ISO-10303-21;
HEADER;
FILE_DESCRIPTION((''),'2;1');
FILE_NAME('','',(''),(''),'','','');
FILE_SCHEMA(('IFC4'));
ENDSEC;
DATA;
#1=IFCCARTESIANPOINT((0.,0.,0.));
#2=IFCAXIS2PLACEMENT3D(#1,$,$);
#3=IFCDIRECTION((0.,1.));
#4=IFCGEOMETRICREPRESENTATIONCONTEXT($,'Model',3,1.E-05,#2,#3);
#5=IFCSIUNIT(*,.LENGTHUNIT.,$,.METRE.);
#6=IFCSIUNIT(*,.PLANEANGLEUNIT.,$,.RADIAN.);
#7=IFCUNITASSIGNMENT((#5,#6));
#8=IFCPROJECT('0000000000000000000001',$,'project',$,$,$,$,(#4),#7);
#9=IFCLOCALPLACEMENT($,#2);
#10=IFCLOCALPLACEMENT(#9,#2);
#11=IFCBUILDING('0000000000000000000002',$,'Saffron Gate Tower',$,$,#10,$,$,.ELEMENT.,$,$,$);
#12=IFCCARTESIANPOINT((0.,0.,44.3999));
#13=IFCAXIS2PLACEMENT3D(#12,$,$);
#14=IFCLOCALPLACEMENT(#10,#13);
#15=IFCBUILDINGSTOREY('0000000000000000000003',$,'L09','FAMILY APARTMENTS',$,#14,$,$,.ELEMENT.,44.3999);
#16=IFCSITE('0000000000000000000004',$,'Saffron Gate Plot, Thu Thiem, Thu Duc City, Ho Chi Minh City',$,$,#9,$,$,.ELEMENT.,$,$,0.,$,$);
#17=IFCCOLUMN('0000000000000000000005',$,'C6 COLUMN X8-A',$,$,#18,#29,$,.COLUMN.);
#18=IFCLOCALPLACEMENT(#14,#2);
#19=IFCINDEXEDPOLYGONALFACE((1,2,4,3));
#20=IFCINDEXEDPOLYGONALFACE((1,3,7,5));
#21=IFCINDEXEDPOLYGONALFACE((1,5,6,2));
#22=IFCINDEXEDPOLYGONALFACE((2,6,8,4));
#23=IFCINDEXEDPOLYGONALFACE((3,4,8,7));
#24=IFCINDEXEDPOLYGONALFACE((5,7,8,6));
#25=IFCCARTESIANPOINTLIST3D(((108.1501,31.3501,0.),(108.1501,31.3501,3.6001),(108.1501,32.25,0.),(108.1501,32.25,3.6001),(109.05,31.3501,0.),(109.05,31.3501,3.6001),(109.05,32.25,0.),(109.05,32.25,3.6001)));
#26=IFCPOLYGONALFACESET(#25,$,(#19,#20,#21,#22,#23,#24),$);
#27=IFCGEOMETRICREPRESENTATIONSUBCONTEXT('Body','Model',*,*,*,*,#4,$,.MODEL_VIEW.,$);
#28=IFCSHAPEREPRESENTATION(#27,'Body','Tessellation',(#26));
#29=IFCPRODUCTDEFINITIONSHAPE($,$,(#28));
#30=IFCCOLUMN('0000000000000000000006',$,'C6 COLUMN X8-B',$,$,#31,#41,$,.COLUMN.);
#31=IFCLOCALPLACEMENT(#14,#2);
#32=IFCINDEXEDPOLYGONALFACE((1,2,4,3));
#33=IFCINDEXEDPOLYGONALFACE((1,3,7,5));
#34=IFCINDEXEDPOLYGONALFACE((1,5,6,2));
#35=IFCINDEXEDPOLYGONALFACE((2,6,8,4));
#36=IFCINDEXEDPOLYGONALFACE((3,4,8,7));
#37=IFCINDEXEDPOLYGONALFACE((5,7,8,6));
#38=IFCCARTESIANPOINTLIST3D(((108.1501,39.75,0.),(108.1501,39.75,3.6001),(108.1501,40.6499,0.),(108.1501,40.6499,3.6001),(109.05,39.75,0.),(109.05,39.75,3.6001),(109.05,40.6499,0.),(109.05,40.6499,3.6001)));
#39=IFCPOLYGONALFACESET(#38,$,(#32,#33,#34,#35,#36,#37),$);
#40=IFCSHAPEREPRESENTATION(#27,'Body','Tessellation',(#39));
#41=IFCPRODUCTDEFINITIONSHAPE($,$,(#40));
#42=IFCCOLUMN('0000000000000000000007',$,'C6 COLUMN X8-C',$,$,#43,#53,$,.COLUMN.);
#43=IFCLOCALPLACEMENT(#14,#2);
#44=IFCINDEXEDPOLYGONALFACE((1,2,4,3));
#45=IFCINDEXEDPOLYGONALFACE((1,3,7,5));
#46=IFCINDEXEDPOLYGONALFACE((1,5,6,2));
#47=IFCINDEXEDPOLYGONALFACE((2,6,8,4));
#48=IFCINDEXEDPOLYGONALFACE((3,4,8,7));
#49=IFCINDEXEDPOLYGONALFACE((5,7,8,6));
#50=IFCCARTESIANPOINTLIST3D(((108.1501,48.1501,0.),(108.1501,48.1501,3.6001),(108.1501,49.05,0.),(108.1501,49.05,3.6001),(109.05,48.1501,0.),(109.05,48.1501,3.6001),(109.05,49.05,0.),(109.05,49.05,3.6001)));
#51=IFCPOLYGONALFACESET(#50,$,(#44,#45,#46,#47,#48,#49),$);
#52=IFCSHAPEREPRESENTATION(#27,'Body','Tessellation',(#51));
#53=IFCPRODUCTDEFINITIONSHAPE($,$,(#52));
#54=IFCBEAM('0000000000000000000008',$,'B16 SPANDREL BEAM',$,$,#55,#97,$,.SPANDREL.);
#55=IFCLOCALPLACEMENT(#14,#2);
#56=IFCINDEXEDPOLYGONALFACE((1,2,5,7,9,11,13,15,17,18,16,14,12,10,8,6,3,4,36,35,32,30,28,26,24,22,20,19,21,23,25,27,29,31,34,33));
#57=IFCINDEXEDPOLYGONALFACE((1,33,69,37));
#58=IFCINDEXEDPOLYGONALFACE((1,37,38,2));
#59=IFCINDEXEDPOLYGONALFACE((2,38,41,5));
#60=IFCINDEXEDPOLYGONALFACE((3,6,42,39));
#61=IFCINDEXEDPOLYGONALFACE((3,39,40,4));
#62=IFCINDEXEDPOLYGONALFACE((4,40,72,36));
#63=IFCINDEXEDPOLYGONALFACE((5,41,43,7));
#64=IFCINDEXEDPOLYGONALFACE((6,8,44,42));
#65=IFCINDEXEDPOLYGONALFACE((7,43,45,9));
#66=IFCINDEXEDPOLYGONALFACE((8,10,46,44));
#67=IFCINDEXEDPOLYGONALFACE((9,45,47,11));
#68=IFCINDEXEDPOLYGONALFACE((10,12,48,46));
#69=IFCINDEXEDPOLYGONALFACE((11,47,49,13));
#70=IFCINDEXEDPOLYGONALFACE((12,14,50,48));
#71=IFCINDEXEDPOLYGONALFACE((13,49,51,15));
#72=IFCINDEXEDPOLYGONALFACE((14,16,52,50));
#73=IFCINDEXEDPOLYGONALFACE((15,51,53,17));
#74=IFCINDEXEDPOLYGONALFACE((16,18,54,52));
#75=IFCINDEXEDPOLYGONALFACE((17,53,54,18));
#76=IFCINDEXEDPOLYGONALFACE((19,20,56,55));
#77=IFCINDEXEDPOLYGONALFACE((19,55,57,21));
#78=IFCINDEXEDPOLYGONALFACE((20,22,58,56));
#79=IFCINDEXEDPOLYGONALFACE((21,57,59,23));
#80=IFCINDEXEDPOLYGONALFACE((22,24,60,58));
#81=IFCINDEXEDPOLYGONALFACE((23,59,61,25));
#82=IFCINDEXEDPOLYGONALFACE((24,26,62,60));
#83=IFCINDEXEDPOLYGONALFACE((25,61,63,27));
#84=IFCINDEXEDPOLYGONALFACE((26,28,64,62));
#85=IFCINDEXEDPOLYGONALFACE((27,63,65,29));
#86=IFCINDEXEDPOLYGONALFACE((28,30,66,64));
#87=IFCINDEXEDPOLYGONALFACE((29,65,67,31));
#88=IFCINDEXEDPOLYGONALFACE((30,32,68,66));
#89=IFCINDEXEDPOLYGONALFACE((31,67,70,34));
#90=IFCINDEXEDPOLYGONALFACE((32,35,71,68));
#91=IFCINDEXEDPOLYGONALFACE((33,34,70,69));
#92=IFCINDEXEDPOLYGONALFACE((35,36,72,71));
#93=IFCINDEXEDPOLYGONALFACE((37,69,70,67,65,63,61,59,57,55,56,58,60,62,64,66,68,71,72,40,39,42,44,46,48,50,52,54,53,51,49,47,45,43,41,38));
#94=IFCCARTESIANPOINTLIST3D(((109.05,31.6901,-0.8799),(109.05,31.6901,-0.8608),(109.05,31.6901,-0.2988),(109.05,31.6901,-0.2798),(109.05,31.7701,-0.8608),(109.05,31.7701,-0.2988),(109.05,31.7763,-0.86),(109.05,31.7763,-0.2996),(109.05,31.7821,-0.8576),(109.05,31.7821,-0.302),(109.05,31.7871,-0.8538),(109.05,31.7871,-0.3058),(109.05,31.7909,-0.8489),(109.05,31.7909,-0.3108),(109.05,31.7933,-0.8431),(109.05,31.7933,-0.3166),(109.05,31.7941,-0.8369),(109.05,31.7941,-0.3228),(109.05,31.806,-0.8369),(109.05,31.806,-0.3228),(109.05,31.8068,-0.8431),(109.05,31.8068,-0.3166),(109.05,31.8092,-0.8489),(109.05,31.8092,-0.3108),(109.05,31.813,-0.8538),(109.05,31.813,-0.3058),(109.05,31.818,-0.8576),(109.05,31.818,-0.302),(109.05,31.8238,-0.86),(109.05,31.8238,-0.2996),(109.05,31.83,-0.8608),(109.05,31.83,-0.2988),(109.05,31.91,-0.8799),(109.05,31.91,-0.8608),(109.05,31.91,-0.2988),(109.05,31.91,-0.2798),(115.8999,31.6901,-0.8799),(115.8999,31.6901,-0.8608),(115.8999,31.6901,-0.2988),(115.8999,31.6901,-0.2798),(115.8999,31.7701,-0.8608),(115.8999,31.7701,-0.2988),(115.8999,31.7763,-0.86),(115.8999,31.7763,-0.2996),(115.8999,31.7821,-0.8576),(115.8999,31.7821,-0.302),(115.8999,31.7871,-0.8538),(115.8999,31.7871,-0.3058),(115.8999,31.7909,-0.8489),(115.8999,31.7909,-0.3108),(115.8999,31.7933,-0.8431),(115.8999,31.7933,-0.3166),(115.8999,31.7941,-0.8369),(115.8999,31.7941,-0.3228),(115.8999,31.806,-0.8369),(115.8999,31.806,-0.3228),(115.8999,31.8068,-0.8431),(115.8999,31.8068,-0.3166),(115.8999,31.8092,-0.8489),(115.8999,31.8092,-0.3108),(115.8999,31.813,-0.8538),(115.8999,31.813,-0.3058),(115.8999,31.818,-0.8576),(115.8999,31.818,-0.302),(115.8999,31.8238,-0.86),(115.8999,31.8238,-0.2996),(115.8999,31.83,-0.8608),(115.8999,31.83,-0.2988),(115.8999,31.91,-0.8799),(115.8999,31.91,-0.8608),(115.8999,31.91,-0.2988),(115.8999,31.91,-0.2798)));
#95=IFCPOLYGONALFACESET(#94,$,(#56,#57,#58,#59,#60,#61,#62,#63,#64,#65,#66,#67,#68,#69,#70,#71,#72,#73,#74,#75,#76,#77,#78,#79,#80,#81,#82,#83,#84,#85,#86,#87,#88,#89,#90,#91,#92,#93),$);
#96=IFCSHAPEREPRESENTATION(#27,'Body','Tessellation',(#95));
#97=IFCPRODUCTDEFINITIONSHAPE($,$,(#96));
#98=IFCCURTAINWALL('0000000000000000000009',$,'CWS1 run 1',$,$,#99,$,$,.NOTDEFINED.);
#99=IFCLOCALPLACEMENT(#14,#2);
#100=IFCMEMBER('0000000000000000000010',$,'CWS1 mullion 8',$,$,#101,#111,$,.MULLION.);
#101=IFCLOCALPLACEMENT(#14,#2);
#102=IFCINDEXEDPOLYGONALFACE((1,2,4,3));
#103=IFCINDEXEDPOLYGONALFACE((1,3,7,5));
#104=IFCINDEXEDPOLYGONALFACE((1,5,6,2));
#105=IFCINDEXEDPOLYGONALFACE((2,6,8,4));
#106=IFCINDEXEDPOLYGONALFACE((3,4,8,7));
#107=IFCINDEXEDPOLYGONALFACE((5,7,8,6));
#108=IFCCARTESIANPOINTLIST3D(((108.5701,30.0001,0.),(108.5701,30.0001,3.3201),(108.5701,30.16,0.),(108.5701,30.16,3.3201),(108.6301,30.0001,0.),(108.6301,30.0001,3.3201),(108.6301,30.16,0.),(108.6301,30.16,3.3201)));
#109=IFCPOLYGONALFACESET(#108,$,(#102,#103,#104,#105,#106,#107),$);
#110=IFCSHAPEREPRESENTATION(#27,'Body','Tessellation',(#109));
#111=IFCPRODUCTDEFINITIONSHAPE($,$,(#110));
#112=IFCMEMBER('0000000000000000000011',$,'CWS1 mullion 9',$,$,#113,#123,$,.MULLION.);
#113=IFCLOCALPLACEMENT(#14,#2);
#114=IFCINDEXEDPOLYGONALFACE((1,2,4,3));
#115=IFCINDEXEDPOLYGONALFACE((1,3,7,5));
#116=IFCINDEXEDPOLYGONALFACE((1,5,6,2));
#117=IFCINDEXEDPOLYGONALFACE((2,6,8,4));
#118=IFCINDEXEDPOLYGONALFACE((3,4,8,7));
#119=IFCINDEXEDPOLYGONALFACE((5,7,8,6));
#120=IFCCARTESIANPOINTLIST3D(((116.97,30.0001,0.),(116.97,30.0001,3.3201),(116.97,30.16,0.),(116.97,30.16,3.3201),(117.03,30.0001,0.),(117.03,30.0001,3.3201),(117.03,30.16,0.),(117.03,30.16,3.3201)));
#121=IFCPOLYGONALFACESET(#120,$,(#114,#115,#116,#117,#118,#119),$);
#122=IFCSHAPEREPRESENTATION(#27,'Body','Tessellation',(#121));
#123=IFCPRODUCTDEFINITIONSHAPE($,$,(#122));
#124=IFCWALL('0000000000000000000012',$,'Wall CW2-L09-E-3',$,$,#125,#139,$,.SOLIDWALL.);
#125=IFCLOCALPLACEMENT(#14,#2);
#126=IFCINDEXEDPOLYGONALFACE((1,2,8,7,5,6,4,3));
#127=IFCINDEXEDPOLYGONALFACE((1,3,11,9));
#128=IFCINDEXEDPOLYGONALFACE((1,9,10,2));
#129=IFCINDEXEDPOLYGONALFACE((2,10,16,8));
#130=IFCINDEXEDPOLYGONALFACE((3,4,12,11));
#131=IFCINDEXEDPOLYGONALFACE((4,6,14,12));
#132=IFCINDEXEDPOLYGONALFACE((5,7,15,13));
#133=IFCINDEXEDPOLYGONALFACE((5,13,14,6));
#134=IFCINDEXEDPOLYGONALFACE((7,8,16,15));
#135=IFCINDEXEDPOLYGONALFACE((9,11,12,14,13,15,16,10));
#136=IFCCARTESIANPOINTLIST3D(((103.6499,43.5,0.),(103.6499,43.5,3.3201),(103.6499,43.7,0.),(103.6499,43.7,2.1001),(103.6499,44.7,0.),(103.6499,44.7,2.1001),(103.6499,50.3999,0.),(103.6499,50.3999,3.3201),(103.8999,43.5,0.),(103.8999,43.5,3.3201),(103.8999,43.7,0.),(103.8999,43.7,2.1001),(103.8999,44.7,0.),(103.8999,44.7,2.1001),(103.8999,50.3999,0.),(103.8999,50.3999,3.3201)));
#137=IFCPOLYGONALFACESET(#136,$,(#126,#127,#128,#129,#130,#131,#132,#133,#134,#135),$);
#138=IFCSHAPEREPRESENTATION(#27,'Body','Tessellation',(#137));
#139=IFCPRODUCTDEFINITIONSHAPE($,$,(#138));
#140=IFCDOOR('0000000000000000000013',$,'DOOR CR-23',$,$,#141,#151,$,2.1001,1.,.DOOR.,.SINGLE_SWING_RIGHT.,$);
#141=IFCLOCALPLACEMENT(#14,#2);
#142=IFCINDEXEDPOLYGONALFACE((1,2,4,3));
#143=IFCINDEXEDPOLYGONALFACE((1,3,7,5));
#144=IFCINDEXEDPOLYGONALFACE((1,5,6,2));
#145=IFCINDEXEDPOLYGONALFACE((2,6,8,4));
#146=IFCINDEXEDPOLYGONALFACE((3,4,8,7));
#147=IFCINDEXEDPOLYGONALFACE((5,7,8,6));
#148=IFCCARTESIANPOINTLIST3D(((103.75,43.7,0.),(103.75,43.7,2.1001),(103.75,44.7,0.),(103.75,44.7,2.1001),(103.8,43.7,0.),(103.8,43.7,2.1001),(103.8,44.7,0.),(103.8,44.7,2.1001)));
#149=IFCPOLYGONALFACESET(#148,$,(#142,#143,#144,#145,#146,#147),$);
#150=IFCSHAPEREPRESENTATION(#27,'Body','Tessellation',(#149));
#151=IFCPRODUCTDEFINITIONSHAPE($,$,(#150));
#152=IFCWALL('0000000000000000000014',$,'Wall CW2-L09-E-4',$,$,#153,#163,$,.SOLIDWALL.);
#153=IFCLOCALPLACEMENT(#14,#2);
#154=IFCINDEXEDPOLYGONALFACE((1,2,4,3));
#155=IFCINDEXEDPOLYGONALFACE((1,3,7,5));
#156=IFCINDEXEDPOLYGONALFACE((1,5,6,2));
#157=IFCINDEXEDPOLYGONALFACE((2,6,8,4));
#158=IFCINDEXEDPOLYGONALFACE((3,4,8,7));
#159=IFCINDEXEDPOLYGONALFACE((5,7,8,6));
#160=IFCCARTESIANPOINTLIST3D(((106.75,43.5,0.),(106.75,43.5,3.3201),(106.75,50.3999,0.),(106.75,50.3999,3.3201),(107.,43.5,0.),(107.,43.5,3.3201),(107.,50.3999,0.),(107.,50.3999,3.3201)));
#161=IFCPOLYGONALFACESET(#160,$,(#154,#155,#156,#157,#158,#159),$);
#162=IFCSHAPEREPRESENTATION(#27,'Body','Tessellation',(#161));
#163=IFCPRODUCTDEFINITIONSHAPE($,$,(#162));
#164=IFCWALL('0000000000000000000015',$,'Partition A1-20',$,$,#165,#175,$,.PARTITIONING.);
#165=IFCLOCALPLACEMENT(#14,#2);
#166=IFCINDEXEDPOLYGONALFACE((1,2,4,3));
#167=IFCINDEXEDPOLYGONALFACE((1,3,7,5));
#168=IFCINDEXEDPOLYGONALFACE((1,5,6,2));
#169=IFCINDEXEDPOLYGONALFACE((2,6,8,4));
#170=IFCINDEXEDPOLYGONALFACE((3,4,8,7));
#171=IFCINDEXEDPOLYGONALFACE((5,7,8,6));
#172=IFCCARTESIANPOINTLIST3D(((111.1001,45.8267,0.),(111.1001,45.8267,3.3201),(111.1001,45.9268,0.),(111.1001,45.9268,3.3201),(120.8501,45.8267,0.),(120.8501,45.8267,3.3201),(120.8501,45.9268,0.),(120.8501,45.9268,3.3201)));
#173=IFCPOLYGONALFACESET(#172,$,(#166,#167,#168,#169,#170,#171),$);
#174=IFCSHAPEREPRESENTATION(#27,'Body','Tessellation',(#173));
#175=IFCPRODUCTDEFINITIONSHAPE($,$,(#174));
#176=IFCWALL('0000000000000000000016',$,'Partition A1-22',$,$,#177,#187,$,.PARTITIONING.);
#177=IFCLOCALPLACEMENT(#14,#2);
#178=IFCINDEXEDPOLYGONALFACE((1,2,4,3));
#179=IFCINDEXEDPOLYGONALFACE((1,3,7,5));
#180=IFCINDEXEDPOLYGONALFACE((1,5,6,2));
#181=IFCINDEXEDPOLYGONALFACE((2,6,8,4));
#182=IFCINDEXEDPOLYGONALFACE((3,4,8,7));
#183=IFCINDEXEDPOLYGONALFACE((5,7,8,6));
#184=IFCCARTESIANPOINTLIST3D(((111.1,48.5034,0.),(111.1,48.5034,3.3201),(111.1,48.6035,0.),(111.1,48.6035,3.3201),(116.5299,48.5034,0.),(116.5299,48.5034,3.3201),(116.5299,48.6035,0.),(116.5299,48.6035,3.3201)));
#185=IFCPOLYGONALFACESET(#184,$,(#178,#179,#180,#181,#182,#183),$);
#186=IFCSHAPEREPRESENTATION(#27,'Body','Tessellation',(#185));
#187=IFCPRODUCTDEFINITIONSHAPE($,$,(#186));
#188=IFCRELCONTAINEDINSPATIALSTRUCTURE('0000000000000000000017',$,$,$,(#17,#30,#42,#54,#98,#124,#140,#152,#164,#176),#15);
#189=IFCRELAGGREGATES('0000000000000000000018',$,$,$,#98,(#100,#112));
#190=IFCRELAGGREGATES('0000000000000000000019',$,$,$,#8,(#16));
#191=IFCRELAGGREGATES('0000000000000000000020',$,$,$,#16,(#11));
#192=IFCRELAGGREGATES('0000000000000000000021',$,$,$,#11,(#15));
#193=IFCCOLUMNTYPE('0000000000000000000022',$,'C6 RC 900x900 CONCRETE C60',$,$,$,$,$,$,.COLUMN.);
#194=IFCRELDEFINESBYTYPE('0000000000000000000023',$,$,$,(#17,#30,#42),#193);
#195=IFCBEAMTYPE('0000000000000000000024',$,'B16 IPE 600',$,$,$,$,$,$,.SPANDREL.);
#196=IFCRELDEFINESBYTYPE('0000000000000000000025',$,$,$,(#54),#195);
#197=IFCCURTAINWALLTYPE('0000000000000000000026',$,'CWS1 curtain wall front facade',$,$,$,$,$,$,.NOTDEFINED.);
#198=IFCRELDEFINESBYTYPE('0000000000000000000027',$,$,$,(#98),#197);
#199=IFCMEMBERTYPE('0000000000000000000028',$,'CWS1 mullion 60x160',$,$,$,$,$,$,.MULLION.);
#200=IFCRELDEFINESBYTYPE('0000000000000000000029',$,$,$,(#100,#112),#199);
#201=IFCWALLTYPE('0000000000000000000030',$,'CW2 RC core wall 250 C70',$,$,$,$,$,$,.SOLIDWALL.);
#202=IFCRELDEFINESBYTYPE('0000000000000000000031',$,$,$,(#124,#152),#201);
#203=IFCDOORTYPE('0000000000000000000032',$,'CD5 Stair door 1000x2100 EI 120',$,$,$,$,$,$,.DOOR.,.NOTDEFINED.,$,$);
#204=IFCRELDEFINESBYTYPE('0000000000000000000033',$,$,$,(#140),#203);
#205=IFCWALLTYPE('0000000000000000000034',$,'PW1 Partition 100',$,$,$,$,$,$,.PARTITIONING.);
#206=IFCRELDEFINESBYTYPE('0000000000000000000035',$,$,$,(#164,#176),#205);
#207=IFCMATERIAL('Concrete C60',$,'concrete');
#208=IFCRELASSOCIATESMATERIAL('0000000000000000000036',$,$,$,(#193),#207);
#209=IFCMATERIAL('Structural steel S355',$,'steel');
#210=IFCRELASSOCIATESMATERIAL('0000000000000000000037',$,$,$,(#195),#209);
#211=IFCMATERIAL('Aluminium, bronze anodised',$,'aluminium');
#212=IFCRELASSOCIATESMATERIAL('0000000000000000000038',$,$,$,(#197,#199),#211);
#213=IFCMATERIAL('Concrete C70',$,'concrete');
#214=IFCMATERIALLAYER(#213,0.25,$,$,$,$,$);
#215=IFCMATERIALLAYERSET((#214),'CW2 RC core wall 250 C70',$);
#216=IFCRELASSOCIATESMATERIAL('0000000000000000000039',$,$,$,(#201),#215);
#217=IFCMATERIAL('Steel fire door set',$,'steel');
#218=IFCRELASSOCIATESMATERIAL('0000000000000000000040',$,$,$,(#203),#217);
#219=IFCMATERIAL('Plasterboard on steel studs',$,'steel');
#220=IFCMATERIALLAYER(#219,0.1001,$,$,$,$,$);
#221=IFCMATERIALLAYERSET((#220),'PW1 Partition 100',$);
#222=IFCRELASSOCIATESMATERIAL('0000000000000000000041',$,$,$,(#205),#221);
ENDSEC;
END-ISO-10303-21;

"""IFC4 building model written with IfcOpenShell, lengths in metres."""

from ifc_helpers import new_model, si_unit, direction, frame, frame_2d, origin, origin_2d, place, context, subcontext, project, spatial, rectangle, i_section, extrude, material, layer, layer_set, material_profile, profile_set, type_object, element, fill, aggregate, save


model = new_model("IFC4")

# Units and contexts
model_context = context("Model", 3, precision=1e-05, world=origin(), true_north=direction((0.0, 1.0)))
body_context = subcontext(model_context, "Body", "Model", "MODEL_VIEW")
ifc_project = project(units=[si_unit("LENGTHUNIT", "METRE"), si_unit("PLANEANGLEUNIT", "RADIAN")], contexts=[model_context])

# Site, building, storey
site_placement = place(None, origin())
site = spatial("IfcSite", under=ifc_project, at=site_placement, Name="Saffron Gate Plot, Thu Thiem, Thu Duc City, Ho Chi Minh City", CompositionType="ELEMENT", RefElevation=0.0)
building_placement = place(site_placement, origin())
building = spatial("IfcBuilding", under=site, at=building_placement, Name="Saffron Gate Tower", CompositionType="ELEMENT")
storey_placement = place(building_placement, frame((0.0, 0.0, 44.3999)))
storey = spatial("IfcBuildingStorey", under=building, at=storey_placement, Name="L09", Description="FAMILY APARTMENTS", CompositionType="ELEMENT", Elevation=44.3999)

# Columns
ifc_material_1 = material(Name="Concrete C60", Category="concrete")
ifc_material_profile_1 = material_profile(ifc_material_1, rectangle(XDim=0.8999, YDim=0.8999, at=origin_2d()))
ifc_profile_set_1 = profile_set([ifc_material_profile_1], Name="Concrete C60")
column_type = type_object("IfcColumnType", Name="C6 RC 900x900 CONCRETE C60", PredefinedType="COLUMN", material=ifc_profile_set_1)
for number, where, z_axis, x_axis, name in (
    (1, (108.6001, 31.8, 0.0), (0.0, 0.0, 1.0), (1.0, 0.0, 0.0), "C6 COLUMN X8-A"),
    (2, (108.6001, 40.2, 0.0), (0.0, 0.0, 1.0), (1.0, 0.0, 0.0), "C6 COLUMN X8-B"),
    (3, (108.6001, 48.6001, 0.0), (0.0, 0.0, 1.0), (1.0, 0.0, 0.0), "C6 COLUMN X8-C"),
):
    element("IfcColumn", number, at=place(storey_placement, frame(where, z_axis=z_axis, x_axis=x_axis)), inside=storey, type_object=column_type, Name=name, PredefinedType="COLUMN", context=body_context, shape_type="SweptSolid", body=[
        extrude(rectangle(XDim=0.8999, YDim=0.8999, at=origin_2d()), origin(), (0.0, 0.0, 1.0), 3.6001),
    ])

# Beam
ifc_material_2 = material(Name="Structural steel S355", Category="steel")
ifc_material_profile_2 = material_profile(ifc_material_2, i_section(OverallWidth=0.22, OverallDepth=0.6001, WebThickness=0.012, FlangeThickness=0.019, FilletRadius=0.0239, at=origin_2d()))
ifc_profile_set_2 = profile_set([ifc_material_profile_2], Name="Structural steel S355")
beam_type = type_object("IfcBeamType", Name="B16 IPE 600", PredefinedType="SPANDREL", material=ifc_profile_set_2)
beam_placement = place(storey_placement, frame((109.05, 31.8, -0.5798), z_axis=(1.0, 0.0, 0.0), x_axis=(0.0, 1.0, 0.0)))
element("IfcBeam", 4, at=beam_placement, inside=storey, type_object=beam_type, Name="B16 SPANDREL BEAM", PredefinedType="SPANDREL", context=body_context, shape_type="SweptSolid", body=[
    extrude(i_section(OverallWidth=0.22, OverallDepth=0.6001, WebThickness=0.012, FlangeThickness=0.019, FilletRadius=0.0239, at=origin_2d()), origin(), (0.0, 0.0, 1.0), 6.8499),
])

# Curtain wall, members
ifc_material_3 = material(Name="Aluminium, bronze anodised", Category="aluminium")
curtain_wall_type = type_object("IfcCurtainWallType", Name="CWS1 curtain wall front facade", PredefinedType="NOTDEFINED", material=ifc_material_3)
curtain_wall_placement = place(storey_placement, origin())
curtain_wall = element("IfcCurtainWall", 5, at=curtain_wall_placement, inside=storey, type_object=curtain_wall_type, Name="CWS1 run 1", PredefinedType="NOTDEFINED")
ifc_material_profile_3 = material_profile(ifc_material_3, rectangle(XDim=0.1599, YDim=0.0601, at=origin_2d()))
ifc_profile_set_3 = profile_set([ifc_material_profile_3], Name="Aluminium, bronze anodised")
member_type = type_object("IfcMemberType", Name="CWS1 mullion 60x160", PredefinedType="MULLION", material=ifc_profile_set_3)
member_1_placement = place(storey_placement, frame((108.6001, 30.0801, 0.0), z_axis=(0.0, 0.0, 1.0), x_axis=(0.0, 1.0, 0.0)))
member_1 = element("IfcMember", 6, at=member_1_placement, type_object=member_type, Name="CWS1 mullion 8", PredefinedType="MULLION", context=body_context, shape_type="SweptSolid", body=[
    extrude(rectangle(XDim=0.1599, YDim=0.0601, at=origin_2d()), origin(), (0.0, 0.0, 1.0), 3.3201),
])
member_2_placement = place(storey_placement, frame((117.0, 30.0801, 0.0), z_axis=(0.0, 0.0, 1.0), x_axis=(0.0, 1.0, 0.0)))
member_2 = element("IfcMember", 7, at=member_2_placement, type_object=member_type, Name="CWS1 mullion 9", PredefinedType="MULLION", context=body_context, shape_type="SweptSolid", body=[
    extrude(rectangle(XDim=0.1599, YDim=0.0601, at=origin_2d()), origin(), (0.0, 0.0, 1.0), 3.3201),
])
aggregate(curtain_wall, [member_1, member_2])

# Wall, opening, door
ifc_material_4 = material(Name="Concrete C70", Category="concrete")
ifc_layer_1 = layer(ifc_material_4, 0.25)
ifc_layer_set_1 = layer_set([ifc_layer_1], Name="CW2 RC core wall 250 C70")
wall_type_1 = type_object("IfcWallType", Name="CW2 RC core wall 250 C70", PredefinedType="SOLIDWALL", material=ifc_layer_set_1)
wall_1_placement = place(storey_placement, frame((103.7749, 43.5, 0.0), z_axis=(0.0, 0.0, 1.0), x_axis=(0.0, 1.0, 0.0)))
wall_1 = element("IfcWall", 8, at=wall_1_placement, inside=storey, type_object=wall_type_1, Name="Wall CW2-L09-E-3", PredefinedType="SOLIDWALL", context=body_context, shape_type="SweptSolid", body=[
    extrude(rectangle(XDim=6.8999, YDim=0.25, at=frame_2d((3.45, 0.0))), origin(), (0.0, 0.0, 1.0), 3.3201),
])
opening_1_placement = place(wall_1_placement, frame((0.2, 0.0, 0.0)))
opening_1 = element("IfcOpeningElement", 9, at=opening_1_placement, cuts=wall_1, PredefinedType="OPENING", context=body_context, shape_type="SweptSolid", body=[
    extrude(rectangle(XDim=1.0, YDim=2.1001, at=frame_2d((0.5, 1.05))), frame((0.0, 0.135, 0.0), z_axis=(0.0, -1.0, 0.0), x_axis=(1.0, 0.0, 0.0)), (0.0, 0.0, 1.0), 0.27),
])
ifc_material_5 = material(Name="Steel fire door set", Category="steel")
door_type_1 = type_object("IfcDoorType", Name="CD5 Stair door 1000x2100 EI 120", OperationType="NOTDEFINED", PredefinedType="DOOR", material=ifc_material_5)
door_1_placement = place(opening_1_placement, origin())
door_1 = element("IfcDoor", 10, at=door_1_placement, inside=storey, type_object=door_type_1, Name="DOOR CR-23", OperationType="SINGLE_SWING_RIGHT", OverallHeight=2.1001, OverallWidth=1.0, PredefinedType="DOOR", context=body_context, shape_type="SweptSolid", body=[
    extrude(rectangle(XDim=1.0, YDim=2.1001, at=frame_2d((0.5, 1.05))), frame((0.0, 0.0249, 0.0), z_axis=(0.0, -1.0, 0.0), x_axis=(1.0, 0.0, 0.0)), (0.0, 0.0, 1.0), 0.05),
])
fill(opening_1, door_1)

# Walls
wall_2_placement = place(storey_placement, frame((106.875, 43.5, 0.0), z_axis=(0.0, 0.0, 1.0), x_axis=(0.0, 1.0, 0.0)))
element("IfcWall", 11, at=wall_2_placement, inside=storey, type_object=wall_type_1, Name="Wall CW2-L09-E-4", PredefinedType="SOLIDWALL", context=body_context, shape_type="SweptSolid", body=[
    extrude(rectangle(XDim=6.8999, YDim=0.25, at=frame_2d((3.45, 0.0))), origin(), (0.0, 0.0, 1.0), 3.3201),
])
ifc_material_6 = material(Name="Plasterboard on steel studs", Category="steel")
ifc_layer_2 = layer(ifc_material_6, 0.1001)
ifc_layer_set_2 = layer_set([ifc_layer_2], Name="PW1 Partition 100")
wall_type_2 = type_object("IfcWallType", Name="PW1 Partition 100", PredefinedType="PARTITIONING", material=ifc_layer_set_2)
wall_3_placement = place(storey_placement, frame((111.1001, 45.8767, 0.0), z_axis=(0.0, 0.0, 1.0), x_axis=(1.0, 0.0, 0.0)))
element("IfcWall", 12, at=wall_3_placement, inside=storey, type_object=wall_type_2, Name="Partition A1-20", PredefinedType="PARTITIONING", context=body_context, shape_type="SweptSolid", body=[
    extrude(rectangle(XDim=9.75, YDim=0.1001, at=frame_2d((4.875, 0.0))), origin(), (0.0, 0.0, 1.0), 3.3201),
])
wall_4_placement = place(storey_placement, frame((111.1001, 48.5535, 0.0), z_axis=(0.0, 0.0, 1.0), x_axis=(1.0, 0.0, 0.0)))
element("IfcWall", 13, at=wall_4_placement, inside=storey, type_object=wall_type_2, Name="Partition A1-22", PredefinedType="PARTITIONING", context=body_context, shape_type="SweptSolid", body=[
    extrude(rectangle(XDim=5.4299, YDim=0.1001, at=frame_2d((2.7148, 0.0))), origin(), (0.0, 0.0, 1.0), 3.3201),
])

save(model, "model.ifc")
